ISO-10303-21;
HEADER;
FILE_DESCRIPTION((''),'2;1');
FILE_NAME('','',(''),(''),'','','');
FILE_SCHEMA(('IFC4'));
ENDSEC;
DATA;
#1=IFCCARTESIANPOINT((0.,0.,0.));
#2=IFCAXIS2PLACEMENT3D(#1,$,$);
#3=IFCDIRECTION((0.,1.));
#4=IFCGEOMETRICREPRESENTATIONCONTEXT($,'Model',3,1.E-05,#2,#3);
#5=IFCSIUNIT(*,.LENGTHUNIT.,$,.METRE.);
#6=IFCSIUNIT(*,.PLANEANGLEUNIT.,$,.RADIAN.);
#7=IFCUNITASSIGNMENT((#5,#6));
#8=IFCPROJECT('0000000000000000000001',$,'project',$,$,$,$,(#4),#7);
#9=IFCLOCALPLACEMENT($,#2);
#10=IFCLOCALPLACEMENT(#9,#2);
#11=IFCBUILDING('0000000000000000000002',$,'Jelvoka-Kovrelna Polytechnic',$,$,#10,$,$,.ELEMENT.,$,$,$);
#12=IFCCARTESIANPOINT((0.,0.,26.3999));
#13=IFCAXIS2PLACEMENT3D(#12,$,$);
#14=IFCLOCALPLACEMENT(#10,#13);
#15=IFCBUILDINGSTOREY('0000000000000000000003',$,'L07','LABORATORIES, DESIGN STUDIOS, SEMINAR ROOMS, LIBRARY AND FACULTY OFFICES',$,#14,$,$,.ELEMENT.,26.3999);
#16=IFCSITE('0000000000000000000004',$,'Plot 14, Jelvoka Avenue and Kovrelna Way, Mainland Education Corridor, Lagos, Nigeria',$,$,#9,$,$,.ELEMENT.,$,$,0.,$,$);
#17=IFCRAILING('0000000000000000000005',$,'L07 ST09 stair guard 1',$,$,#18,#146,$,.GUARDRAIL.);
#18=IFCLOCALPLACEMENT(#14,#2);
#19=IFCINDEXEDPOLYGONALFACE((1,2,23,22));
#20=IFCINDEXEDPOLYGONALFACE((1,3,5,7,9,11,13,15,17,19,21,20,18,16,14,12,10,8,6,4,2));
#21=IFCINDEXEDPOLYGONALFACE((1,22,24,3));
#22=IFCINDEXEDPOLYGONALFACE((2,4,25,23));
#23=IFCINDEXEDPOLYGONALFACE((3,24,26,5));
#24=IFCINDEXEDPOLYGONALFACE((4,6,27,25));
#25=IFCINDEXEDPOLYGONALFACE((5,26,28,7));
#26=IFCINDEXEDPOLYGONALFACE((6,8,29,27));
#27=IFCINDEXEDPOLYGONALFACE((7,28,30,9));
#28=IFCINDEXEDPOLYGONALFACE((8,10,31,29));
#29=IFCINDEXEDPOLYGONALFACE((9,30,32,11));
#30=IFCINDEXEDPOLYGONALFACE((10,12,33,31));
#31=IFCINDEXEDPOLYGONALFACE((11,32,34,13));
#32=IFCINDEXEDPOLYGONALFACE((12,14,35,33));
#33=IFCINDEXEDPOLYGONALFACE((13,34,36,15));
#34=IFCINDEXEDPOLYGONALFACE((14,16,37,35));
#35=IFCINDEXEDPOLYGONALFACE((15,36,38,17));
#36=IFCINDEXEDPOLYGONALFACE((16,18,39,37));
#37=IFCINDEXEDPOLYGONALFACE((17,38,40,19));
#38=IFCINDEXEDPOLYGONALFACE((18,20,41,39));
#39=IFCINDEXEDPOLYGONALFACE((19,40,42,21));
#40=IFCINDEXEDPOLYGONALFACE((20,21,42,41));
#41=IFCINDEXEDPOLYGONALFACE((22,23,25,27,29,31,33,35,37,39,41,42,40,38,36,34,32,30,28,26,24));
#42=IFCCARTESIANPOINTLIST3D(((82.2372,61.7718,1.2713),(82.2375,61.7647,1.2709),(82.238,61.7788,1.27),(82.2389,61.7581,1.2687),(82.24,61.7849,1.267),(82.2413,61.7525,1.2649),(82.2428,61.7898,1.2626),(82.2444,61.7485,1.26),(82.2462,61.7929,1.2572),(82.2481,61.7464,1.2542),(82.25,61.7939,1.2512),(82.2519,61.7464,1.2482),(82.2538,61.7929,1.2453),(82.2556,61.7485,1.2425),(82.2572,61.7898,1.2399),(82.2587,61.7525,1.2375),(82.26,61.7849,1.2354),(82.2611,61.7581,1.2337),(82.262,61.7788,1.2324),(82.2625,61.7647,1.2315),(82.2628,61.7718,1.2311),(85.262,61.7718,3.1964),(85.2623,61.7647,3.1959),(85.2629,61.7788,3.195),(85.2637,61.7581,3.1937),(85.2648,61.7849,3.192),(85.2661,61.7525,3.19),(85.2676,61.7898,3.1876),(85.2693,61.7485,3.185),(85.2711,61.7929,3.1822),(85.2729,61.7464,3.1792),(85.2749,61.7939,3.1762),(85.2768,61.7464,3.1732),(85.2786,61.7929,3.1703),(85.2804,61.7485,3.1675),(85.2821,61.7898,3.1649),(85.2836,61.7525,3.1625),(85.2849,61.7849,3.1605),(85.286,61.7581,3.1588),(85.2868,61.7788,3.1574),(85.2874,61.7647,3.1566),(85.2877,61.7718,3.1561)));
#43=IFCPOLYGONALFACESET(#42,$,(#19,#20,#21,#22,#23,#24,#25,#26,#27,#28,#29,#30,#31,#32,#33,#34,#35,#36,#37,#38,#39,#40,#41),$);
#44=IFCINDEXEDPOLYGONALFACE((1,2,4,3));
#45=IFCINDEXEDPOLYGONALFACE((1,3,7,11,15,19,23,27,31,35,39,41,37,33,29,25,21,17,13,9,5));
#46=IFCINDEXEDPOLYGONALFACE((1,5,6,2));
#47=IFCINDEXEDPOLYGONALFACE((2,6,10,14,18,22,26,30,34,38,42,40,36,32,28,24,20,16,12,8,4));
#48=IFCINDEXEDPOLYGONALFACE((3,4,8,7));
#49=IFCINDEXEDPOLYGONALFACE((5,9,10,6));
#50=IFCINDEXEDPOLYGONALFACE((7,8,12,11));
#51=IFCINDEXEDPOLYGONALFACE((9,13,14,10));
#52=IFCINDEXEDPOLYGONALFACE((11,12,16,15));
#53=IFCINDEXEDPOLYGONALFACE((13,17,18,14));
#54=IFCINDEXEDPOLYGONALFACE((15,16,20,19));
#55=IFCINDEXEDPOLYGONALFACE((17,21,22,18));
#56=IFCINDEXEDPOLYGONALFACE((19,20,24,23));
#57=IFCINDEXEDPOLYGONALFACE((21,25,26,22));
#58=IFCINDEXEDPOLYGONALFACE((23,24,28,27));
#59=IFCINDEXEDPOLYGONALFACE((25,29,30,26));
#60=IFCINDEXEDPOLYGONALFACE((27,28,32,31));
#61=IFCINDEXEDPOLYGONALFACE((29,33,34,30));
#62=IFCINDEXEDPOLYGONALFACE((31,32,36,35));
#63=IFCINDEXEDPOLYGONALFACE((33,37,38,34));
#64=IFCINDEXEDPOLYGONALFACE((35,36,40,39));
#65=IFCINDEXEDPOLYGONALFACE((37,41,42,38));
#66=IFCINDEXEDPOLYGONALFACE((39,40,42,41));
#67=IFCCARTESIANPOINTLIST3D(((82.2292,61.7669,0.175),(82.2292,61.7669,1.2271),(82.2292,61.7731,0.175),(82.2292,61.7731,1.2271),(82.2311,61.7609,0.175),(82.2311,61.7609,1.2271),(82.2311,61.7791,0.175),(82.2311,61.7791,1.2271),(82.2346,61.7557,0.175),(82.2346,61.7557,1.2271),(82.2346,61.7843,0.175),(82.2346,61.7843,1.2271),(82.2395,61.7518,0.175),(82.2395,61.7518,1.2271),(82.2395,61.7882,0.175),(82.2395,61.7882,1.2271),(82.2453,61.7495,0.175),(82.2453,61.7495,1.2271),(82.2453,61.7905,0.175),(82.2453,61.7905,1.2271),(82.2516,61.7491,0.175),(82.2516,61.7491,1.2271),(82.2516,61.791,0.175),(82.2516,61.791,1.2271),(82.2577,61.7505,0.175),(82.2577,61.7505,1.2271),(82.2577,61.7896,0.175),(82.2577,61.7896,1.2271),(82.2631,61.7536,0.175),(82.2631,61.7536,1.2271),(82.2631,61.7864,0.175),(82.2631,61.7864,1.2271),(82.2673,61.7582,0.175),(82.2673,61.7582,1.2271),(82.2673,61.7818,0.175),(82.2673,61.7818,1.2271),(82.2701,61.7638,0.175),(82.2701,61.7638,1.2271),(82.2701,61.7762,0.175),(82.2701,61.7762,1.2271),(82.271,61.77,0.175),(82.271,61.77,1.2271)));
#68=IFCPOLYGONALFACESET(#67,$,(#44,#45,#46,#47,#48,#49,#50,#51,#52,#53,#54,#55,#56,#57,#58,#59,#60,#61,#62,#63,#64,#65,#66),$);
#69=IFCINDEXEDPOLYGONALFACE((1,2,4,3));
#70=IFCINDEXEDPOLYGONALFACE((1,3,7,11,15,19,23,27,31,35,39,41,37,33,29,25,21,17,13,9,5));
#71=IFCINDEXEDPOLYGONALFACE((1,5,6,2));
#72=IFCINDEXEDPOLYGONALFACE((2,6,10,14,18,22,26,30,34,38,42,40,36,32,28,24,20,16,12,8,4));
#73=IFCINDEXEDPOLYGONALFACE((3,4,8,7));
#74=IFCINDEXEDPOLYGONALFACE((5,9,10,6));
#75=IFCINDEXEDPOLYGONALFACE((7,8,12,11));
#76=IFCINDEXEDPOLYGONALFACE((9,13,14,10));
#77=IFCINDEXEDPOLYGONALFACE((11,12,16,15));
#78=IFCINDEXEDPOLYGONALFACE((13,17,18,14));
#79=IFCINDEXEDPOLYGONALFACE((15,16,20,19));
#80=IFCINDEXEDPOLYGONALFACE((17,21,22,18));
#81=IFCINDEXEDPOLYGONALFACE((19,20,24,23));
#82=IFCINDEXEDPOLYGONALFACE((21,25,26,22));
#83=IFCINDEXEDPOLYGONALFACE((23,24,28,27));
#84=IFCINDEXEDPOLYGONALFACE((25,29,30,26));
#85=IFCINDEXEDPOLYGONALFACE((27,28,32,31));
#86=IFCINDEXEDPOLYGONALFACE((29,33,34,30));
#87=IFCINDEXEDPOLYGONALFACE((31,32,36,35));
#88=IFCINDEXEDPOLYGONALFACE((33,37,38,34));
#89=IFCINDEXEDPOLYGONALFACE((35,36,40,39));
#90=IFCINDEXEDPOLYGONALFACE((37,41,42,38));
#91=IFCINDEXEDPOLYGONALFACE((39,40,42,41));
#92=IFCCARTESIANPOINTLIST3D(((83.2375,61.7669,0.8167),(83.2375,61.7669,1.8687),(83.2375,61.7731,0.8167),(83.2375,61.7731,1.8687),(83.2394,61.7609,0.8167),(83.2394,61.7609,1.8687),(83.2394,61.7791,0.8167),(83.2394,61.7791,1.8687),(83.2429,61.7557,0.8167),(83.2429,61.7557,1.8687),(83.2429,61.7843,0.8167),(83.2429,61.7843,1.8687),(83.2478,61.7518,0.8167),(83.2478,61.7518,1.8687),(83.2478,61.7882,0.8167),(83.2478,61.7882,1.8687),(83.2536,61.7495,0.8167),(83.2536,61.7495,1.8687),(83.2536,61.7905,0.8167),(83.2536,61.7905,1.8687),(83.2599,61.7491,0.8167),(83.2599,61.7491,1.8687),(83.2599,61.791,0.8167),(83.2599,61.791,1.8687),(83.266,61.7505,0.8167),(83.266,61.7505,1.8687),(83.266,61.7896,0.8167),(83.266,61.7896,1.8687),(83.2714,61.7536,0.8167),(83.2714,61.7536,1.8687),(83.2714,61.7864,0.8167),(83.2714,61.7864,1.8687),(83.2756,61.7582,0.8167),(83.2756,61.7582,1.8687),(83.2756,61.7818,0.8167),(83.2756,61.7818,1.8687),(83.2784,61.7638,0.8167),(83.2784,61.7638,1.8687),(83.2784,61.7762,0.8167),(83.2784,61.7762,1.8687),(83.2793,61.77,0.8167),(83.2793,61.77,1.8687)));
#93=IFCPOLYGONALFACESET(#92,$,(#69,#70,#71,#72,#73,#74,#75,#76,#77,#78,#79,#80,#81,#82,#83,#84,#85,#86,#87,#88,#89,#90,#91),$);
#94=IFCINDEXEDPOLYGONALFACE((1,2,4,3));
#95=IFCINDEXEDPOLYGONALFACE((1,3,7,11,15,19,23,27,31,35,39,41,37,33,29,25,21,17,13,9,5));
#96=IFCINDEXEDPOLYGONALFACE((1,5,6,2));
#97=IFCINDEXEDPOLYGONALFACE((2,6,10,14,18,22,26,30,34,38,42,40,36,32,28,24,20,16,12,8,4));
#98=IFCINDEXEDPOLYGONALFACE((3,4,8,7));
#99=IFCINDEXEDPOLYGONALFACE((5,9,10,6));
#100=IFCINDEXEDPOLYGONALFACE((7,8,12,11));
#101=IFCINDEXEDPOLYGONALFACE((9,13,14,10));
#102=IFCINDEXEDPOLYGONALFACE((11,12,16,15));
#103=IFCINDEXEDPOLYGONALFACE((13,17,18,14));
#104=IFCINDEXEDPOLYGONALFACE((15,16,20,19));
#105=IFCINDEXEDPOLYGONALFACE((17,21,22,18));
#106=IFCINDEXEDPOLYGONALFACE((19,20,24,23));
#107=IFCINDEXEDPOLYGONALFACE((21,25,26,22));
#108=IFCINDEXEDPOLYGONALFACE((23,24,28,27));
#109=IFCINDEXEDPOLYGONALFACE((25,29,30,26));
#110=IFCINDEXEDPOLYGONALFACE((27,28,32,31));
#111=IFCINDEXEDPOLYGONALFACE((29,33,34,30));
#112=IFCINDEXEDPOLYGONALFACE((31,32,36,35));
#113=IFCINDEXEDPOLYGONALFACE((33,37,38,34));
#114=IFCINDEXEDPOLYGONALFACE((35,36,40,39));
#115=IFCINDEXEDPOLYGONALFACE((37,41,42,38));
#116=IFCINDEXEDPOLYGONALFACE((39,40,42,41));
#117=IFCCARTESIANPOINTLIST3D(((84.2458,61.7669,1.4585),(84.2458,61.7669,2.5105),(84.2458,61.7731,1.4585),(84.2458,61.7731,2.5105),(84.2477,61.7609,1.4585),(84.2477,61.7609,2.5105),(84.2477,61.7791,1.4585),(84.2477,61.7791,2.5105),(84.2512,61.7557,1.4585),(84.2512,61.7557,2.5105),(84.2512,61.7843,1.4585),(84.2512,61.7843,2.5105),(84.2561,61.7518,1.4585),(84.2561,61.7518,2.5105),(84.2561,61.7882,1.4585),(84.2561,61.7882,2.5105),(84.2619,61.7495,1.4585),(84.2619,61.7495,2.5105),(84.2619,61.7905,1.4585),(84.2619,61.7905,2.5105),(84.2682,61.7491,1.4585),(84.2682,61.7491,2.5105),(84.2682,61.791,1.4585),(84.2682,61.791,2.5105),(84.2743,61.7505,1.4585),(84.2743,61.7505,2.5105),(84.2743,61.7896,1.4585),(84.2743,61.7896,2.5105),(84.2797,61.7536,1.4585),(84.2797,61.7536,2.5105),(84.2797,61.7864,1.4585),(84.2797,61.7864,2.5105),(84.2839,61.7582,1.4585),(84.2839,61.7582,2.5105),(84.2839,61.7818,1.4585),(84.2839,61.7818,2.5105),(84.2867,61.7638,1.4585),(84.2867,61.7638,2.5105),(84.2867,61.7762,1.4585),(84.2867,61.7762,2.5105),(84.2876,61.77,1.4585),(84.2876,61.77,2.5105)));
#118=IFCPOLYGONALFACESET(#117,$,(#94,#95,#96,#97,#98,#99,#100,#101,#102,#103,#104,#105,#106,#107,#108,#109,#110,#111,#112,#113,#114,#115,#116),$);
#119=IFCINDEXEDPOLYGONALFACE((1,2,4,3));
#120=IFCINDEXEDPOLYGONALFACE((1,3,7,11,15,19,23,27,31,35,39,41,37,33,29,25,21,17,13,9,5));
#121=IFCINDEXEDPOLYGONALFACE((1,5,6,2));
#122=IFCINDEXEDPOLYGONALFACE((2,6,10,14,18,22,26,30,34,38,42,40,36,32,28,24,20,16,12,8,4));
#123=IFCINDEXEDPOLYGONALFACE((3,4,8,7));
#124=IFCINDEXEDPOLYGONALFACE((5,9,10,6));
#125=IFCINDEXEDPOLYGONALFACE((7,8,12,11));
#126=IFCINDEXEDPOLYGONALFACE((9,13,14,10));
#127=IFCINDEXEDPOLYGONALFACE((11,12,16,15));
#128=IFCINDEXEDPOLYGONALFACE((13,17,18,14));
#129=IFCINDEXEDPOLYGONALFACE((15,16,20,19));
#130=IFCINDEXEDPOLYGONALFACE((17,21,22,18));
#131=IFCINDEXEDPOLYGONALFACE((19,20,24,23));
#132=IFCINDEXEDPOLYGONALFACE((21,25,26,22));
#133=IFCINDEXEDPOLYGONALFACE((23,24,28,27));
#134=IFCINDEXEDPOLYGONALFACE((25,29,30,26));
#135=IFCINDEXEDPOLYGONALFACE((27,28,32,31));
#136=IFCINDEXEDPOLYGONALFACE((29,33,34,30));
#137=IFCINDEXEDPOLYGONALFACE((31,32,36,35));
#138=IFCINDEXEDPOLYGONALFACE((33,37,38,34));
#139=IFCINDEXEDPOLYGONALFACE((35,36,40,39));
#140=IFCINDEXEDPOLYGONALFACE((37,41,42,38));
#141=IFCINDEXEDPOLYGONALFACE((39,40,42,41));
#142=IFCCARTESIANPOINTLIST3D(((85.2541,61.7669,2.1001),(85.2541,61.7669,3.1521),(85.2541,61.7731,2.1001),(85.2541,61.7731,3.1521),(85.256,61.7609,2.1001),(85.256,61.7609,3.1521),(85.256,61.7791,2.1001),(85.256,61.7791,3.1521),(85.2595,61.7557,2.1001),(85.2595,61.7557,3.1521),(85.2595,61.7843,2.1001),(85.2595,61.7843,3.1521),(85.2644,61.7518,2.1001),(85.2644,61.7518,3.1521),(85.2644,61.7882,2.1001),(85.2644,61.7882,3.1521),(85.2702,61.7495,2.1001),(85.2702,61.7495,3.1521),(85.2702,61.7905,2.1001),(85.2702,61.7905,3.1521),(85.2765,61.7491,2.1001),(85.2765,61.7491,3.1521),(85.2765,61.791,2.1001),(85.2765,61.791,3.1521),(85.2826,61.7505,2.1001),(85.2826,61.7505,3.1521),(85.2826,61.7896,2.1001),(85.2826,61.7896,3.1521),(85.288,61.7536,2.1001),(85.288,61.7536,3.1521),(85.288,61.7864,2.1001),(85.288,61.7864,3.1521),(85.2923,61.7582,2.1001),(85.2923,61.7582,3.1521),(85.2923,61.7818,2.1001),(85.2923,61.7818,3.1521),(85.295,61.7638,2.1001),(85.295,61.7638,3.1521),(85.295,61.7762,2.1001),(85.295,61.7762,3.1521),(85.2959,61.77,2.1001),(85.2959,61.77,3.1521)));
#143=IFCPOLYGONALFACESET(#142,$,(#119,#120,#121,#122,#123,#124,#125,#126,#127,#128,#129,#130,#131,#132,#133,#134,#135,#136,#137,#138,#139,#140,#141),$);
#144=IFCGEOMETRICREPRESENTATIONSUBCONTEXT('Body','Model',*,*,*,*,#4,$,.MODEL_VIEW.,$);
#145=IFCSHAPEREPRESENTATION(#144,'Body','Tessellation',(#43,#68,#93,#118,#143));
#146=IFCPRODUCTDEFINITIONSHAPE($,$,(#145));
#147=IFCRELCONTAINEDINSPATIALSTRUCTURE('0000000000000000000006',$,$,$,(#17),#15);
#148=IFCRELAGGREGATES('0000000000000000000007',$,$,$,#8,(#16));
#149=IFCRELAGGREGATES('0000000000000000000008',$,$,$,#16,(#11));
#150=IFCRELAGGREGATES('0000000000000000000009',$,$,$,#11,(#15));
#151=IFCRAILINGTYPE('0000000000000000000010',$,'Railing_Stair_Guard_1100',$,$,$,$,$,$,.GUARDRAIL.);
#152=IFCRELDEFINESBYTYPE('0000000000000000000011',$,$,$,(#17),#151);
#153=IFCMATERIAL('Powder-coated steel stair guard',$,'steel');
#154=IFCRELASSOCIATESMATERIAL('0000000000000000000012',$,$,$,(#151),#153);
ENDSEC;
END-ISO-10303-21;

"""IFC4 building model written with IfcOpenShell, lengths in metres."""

from ifc_helpers import new_model, si_unit, direction, frame, origin, origin_2d, place, context, subcontext, project, spatial, circle, extrude, material, type_object, element, save


model = new_model("IFC4")

# Units and contexts
model_context = context("Model", 3, precision=1e-05, world=origin(), true_north=direction((0.0, 1.0)))
body_context = subcontext(model_context, "Body", "Model", "MODEL_VIEW")
ifc_project = project(units=[si_unit("LENGTHUNIT", "METRE"), si_unit("PLANEANGLEUNIT", "RADIAN")], contexts=[model_context])

# Site, building, storey
site_placement = place(None, origin())
site = spatial("IfcSite", under=ifc_project, at=site_placement, Name="Plot 14, Jelvoka Avenue and Kovrelna Way, Mainland Education Corridor, Lagos, Nigeria", CompositionType="ELEMENT", RefElevation=0.0)
building_placement = place(site_placement, origin())
building = spatial("IfcBuilding", under=site, at=building_placement, Name="Jelvoka-Kovrelna Polytechnic", CompositionType="ELEMENT")
storey_placement = place(building_placement, frame((0.0, 0.0, 26.3999)))
storey = spatial("IfcBuildingStorey", under=building, at=storey_placement, Name="L07", Description="LABORATORIES, DESIGN STUDIOS, SEMINAR ROOMS, LIBRARY AND FACULTY OFFICES", CompositionType="ELEMENT", Elevation=26.3999)

# Railing
ifc_material_1 = material(Name="Powder-coated steel stair guard", Category="steel")
railing_type = type_object("IfcRailingType", Name="Railing_Stair_Guard_1100", PredefinedType="GUARDRAIL", material=ifc_material_1)
railing_1_placement = place(storey_placement, frame((82.25, 61.77, 0.175)))
element("IfcRailing", 1, at=railing_1_placement, inside=storey, type_object=railing_type, Name="L07 ST09 stair guard 1", PredefinedType="GUARDRAIL", context=body_context, shape_type="SweptSolid", body=[
    extrude(circle(Radius=0.0239, at=origin_2d()), frame((0.0, 0.0, 1.0762), z_axis=(0.843647, 0.0, 0.536898), x_axis=(0.0, 1.0, 0.0)), (0.0, 0.0, 1.0), 3.5854),
    extrude(circle(Radius=0.021, at=origin_2d()), origin(), (0.0, 0.0, 1.0), 1.052),
    extrude(circle(Radius=0.021, at=origin_2d()), frame((1.0083, 0.0, 0.6416)), (0.0, 0.0, 1.0), 1.052),
    extrude(circle(Radius=0.021, at=origin_2d()), frame((2.0166, 0.0, 1.2834)), (0.0, 0.0, 1.0), 1.052),
    extrude(circle(Radius=0.021, at=origin_2d()), frame((3.0249, 0.0, 1.925)), (0.0, 0.0, 1.0), 1.052),
])

save(model, "model.ifc")
